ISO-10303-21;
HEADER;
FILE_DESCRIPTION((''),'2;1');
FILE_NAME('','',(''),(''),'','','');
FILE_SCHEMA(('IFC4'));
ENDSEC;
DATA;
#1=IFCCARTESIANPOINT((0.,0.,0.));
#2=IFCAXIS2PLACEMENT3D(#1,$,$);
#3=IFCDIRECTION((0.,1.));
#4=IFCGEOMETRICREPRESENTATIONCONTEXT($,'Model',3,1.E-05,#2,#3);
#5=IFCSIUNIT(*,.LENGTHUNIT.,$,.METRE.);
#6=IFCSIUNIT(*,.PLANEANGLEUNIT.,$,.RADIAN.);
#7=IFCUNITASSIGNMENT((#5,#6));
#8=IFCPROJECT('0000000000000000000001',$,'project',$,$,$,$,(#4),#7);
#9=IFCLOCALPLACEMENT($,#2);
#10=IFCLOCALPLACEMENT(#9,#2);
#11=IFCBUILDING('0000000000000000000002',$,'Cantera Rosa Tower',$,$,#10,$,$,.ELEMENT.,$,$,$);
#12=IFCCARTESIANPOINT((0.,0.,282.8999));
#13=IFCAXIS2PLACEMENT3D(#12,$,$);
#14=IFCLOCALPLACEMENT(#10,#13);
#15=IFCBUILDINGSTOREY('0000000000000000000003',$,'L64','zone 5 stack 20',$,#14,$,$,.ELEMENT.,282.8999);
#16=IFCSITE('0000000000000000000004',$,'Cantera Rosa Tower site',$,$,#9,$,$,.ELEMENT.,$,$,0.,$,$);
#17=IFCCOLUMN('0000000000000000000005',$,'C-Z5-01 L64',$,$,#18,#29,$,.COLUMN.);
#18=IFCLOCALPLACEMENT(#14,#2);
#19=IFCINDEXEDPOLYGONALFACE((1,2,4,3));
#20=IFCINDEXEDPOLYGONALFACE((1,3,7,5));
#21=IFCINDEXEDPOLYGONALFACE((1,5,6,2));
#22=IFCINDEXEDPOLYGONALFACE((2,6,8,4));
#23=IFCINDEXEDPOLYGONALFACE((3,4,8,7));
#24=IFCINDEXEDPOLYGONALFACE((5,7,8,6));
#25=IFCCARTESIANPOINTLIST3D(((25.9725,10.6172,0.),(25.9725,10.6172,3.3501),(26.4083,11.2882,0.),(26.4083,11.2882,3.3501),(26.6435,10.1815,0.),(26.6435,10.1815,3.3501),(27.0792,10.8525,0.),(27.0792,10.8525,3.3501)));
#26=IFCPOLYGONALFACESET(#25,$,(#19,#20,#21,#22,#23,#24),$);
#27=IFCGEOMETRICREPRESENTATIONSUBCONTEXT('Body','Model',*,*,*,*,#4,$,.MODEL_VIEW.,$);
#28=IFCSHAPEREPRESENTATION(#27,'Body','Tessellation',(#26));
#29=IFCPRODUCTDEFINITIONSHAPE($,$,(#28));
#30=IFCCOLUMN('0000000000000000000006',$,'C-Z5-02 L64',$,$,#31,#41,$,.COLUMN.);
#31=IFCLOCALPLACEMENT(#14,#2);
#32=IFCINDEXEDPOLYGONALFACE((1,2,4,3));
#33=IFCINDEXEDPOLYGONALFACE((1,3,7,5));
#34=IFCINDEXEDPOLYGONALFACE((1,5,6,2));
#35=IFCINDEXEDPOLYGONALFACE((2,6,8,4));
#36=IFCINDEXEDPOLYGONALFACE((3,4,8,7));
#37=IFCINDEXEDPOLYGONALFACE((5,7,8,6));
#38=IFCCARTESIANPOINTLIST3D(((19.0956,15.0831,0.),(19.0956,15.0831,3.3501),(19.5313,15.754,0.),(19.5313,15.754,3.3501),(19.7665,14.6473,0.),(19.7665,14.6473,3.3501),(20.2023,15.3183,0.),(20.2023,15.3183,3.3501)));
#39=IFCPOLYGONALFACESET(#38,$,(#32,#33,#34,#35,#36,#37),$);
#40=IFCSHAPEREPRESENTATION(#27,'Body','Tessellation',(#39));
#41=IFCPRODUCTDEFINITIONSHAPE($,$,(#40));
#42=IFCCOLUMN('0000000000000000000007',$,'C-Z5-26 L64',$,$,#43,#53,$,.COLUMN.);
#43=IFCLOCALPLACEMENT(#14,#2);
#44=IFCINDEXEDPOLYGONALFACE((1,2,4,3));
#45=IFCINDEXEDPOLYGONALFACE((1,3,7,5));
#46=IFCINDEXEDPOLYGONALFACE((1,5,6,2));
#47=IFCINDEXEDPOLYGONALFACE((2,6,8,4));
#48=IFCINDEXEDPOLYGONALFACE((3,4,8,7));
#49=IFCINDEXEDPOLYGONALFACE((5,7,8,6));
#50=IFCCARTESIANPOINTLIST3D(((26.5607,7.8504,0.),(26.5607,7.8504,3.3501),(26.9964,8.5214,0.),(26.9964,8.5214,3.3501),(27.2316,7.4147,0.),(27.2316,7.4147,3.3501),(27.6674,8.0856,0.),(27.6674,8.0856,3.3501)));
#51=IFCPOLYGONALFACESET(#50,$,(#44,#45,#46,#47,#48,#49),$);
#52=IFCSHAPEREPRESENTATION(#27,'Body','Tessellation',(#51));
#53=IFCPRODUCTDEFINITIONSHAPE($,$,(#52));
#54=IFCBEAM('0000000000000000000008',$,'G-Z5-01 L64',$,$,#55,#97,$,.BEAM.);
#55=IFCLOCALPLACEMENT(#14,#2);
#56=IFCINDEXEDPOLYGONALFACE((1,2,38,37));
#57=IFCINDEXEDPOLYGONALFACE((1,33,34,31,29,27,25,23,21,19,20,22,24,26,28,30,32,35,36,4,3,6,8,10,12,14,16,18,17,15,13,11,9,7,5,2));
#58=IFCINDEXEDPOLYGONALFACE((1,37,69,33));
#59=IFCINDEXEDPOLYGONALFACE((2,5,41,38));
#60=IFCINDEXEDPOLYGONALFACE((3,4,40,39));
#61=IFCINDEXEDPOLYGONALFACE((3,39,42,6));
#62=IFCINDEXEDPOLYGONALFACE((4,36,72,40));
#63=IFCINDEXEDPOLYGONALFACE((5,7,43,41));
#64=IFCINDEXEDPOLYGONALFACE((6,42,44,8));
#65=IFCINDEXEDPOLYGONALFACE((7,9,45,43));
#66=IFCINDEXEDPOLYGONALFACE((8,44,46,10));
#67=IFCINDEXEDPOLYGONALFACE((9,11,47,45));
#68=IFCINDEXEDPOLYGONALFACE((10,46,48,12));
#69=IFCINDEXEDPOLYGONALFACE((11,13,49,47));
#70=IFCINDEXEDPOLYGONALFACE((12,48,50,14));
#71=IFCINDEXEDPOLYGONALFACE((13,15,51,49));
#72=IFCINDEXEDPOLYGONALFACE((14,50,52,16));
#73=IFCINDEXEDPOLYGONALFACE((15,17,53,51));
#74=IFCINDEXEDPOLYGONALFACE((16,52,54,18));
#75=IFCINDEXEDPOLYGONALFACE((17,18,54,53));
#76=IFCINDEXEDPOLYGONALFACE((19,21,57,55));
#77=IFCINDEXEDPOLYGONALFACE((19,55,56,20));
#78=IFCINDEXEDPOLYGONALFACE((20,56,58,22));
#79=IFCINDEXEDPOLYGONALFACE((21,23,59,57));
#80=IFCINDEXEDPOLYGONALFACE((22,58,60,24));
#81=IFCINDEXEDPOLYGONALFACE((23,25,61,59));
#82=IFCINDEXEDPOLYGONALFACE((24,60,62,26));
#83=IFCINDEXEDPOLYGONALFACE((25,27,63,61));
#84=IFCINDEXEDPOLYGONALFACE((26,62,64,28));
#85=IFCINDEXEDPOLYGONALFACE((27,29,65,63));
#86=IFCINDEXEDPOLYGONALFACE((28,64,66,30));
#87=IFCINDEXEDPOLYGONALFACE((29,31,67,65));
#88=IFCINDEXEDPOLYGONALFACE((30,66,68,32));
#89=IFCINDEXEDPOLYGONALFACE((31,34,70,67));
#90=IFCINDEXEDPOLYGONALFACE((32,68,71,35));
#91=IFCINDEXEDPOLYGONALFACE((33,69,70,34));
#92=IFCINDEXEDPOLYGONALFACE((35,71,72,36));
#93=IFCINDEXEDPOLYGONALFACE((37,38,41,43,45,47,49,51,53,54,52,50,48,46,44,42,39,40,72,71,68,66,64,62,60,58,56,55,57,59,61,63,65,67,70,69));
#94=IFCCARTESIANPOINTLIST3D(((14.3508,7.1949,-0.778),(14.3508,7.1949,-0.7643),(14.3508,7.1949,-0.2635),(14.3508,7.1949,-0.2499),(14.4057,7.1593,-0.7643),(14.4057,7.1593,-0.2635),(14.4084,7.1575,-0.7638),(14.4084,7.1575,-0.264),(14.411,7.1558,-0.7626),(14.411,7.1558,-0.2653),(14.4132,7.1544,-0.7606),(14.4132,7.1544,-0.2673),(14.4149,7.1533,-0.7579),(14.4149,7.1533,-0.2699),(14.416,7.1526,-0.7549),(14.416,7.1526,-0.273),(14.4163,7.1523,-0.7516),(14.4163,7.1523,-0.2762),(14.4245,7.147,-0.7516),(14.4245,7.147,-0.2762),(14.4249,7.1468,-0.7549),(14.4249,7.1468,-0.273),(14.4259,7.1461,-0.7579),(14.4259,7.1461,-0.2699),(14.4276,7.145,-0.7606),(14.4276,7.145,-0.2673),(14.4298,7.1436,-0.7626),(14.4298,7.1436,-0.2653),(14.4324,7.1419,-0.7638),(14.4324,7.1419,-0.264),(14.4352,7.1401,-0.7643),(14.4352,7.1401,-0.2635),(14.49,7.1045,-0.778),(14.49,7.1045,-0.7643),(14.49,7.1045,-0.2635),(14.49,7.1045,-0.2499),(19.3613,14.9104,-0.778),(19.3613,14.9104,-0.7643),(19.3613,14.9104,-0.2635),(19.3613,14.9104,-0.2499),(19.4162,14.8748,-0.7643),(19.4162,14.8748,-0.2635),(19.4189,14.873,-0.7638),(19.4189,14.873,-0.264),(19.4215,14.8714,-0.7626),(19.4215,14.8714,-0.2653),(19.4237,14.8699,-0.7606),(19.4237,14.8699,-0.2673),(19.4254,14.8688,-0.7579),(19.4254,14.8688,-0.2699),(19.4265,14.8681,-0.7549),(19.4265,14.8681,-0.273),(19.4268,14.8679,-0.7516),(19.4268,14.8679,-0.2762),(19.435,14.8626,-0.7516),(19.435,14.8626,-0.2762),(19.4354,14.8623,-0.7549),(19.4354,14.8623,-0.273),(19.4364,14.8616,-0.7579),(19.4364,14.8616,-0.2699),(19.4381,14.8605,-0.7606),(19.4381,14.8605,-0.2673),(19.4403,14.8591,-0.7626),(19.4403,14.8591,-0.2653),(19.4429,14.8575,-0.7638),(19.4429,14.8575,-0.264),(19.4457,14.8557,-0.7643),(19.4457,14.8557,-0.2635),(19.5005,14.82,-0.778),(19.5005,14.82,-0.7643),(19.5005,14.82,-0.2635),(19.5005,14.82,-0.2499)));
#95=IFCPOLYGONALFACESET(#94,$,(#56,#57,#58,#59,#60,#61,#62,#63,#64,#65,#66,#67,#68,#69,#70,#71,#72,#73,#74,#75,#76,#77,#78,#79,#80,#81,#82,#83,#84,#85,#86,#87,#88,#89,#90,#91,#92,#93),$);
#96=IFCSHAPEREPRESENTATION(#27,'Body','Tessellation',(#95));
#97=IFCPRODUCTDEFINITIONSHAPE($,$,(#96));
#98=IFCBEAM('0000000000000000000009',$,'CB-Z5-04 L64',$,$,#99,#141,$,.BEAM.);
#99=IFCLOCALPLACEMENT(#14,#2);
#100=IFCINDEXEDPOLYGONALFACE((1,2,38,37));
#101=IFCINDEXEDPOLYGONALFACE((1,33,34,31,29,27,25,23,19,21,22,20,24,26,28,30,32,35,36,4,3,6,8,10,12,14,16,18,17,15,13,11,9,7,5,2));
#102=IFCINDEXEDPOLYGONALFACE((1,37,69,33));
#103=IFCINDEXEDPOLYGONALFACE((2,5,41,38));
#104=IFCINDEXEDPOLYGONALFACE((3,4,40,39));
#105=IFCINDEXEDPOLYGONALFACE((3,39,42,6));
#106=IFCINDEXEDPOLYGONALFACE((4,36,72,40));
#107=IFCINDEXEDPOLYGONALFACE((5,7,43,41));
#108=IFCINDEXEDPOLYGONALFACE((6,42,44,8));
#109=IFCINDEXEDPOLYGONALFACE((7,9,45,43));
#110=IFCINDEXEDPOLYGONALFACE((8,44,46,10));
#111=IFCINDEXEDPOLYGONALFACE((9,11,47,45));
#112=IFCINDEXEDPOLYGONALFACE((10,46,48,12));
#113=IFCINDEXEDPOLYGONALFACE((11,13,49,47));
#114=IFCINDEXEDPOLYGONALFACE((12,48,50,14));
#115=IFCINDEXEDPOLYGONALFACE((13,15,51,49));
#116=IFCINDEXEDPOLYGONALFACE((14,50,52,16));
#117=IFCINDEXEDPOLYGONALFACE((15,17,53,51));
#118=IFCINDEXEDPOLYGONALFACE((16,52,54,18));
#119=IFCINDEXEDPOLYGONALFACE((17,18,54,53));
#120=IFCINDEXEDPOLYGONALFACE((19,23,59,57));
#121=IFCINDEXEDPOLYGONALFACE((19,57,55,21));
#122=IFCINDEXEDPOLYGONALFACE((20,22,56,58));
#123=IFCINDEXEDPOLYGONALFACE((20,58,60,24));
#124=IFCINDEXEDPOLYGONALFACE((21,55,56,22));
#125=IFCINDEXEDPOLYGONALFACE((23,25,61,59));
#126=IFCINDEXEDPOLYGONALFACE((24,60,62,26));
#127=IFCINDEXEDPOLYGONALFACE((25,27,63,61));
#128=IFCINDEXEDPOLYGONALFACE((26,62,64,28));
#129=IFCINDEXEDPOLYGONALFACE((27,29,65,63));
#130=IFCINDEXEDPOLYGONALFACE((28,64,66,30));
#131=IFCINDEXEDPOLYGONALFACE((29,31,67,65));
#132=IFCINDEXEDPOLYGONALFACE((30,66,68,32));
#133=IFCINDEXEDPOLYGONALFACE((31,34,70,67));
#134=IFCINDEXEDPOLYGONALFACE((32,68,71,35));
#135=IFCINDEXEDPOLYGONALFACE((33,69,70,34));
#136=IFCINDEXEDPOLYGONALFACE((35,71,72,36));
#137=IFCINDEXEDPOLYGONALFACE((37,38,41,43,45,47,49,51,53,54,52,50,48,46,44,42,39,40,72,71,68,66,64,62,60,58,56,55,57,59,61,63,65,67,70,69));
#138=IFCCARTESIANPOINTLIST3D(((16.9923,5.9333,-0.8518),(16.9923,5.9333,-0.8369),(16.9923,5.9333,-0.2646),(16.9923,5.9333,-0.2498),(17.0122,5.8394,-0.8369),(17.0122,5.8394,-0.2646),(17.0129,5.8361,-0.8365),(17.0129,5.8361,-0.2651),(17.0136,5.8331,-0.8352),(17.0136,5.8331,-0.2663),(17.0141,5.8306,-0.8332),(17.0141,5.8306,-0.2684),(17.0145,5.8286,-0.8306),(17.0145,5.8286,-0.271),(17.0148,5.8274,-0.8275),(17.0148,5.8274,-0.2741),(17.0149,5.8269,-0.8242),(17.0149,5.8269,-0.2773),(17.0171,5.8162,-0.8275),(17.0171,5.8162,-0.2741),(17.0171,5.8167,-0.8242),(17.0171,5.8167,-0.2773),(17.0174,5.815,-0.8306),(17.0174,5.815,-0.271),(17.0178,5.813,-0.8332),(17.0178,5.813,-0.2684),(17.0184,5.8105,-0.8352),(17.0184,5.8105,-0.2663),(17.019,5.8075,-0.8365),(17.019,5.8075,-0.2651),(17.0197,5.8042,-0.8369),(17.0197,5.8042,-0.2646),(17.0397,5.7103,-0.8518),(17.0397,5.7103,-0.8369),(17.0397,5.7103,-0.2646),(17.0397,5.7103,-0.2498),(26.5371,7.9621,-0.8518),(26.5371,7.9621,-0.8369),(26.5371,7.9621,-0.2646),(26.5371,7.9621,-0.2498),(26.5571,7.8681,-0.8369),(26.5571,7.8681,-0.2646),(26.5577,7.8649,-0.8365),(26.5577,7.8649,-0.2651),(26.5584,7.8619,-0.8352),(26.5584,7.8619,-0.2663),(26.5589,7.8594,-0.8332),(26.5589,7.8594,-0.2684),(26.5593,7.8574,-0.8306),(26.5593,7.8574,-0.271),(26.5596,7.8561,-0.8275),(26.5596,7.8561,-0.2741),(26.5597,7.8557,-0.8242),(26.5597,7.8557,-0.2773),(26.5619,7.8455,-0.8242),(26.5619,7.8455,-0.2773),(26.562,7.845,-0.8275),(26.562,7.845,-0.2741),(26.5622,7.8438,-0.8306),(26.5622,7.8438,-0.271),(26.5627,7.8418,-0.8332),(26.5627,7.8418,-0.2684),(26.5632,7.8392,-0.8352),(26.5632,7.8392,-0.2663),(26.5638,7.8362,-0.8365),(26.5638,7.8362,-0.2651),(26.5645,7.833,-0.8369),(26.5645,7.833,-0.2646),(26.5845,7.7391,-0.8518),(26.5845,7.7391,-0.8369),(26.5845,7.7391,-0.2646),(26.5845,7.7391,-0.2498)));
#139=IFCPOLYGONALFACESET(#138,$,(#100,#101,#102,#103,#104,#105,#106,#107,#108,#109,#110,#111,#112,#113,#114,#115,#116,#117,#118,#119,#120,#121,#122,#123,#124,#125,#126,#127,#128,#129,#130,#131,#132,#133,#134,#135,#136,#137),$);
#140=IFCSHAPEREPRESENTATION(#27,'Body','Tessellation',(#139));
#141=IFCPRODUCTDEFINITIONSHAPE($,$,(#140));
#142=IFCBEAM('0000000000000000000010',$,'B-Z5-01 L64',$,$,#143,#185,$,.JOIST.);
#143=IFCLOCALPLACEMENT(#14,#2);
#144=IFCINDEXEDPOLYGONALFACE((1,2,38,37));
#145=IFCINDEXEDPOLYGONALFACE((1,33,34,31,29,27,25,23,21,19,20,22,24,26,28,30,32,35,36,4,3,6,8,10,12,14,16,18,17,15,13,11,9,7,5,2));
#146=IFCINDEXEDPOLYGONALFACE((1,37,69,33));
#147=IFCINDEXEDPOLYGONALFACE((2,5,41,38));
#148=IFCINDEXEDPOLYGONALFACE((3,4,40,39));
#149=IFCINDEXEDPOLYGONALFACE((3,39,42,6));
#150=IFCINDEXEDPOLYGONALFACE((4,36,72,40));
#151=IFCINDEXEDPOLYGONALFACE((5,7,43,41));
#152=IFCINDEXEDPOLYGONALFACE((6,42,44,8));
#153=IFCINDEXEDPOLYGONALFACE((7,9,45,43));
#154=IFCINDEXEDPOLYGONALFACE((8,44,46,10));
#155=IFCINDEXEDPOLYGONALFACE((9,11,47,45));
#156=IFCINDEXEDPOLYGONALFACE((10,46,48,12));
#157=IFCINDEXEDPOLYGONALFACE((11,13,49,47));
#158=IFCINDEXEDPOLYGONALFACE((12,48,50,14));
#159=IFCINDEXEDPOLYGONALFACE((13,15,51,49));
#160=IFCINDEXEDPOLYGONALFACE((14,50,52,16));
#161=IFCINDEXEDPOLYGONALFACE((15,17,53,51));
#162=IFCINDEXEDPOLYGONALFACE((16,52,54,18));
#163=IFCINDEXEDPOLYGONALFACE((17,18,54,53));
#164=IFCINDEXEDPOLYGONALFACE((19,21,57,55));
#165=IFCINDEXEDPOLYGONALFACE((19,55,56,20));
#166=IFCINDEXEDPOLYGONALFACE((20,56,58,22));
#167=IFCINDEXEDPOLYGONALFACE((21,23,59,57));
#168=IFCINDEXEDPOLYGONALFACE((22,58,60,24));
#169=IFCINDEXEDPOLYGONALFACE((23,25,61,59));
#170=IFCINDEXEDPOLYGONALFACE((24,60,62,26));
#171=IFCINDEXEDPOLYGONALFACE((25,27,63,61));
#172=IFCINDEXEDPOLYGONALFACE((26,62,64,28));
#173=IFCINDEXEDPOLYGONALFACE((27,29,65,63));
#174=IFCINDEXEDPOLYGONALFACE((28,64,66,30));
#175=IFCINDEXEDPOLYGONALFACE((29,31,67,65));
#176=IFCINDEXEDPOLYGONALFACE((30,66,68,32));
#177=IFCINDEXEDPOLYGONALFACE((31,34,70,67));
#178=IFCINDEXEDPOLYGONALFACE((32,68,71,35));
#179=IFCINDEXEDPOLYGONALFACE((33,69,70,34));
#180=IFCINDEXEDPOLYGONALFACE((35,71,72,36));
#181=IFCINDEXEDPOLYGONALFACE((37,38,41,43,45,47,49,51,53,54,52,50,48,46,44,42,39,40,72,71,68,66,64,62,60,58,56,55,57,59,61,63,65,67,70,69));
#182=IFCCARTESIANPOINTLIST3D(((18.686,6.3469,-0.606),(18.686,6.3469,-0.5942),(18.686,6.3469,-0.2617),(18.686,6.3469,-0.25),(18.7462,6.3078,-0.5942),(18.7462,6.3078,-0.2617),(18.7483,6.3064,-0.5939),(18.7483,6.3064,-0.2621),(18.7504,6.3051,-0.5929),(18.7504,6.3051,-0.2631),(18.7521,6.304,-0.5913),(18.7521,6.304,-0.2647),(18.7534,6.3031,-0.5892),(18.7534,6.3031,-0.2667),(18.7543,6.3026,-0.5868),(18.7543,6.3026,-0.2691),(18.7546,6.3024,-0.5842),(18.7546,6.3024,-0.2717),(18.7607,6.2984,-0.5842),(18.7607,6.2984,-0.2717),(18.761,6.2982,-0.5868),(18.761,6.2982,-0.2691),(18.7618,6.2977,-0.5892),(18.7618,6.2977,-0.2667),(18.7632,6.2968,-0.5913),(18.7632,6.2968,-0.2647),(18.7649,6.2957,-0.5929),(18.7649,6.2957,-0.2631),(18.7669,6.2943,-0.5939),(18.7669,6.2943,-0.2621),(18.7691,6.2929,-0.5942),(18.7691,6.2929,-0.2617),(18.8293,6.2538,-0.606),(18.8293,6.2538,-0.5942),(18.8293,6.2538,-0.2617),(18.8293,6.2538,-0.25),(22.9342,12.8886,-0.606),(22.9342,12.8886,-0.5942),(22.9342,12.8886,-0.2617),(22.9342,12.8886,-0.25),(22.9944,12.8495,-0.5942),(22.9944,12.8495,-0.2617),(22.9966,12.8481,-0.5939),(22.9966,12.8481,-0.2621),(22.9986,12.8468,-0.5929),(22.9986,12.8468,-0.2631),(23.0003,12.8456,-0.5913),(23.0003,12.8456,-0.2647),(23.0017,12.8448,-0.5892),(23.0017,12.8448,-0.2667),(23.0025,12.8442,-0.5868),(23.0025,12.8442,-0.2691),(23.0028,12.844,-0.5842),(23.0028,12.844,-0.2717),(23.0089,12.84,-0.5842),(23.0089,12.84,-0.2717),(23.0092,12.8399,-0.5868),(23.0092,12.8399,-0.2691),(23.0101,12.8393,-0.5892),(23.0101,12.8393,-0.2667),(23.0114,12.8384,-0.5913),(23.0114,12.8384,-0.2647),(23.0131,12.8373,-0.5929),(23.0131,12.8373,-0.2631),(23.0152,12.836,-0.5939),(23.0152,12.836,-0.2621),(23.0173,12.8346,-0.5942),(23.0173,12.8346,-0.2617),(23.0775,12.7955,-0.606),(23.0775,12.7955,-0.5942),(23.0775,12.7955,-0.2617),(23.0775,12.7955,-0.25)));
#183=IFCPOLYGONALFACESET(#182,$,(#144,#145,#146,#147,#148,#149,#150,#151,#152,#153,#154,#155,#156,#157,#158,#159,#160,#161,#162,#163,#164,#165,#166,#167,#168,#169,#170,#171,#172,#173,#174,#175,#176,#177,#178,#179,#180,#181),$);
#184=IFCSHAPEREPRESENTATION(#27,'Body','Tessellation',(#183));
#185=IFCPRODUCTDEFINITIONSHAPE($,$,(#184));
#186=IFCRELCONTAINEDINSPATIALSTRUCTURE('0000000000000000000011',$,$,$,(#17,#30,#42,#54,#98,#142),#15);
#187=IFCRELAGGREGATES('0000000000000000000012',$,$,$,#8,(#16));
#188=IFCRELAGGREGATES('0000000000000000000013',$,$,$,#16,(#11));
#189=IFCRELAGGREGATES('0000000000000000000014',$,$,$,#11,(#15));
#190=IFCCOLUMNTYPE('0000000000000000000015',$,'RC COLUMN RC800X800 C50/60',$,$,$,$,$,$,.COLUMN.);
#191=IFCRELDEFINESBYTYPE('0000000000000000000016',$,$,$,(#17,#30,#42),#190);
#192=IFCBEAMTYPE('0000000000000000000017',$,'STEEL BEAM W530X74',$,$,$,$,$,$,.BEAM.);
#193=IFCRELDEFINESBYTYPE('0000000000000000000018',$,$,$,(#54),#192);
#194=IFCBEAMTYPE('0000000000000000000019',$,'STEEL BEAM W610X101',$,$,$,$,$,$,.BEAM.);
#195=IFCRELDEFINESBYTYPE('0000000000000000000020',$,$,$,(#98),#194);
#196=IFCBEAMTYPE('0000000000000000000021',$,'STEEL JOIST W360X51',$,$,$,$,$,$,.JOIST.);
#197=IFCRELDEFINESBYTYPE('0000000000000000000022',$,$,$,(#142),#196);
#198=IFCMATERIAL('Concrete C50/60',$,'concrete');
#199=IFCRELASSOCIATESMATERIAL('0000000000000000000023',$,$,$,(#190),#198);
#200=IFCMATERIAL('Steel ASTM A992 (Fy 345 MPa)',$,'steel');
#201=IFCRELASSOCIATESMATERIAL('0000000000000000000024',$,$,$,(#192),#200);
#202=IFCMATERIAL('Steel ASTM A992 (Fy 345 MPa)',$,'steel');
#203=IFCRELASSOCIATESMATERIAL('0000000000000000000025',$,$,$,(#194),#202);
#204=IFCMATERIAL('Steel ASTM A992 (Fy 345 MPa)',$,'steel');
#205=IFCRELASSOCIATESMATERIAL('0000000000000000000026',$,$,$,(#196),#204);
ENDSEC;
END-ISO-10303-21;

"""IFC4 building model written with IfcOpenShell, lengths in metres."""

from ifc_helpers import new_model, si_unit, direction, frame, origin, origin_2d, place, context, subcontext, project, spatial, rectangle, i_section, extrude, material, material_profile, profile_set, type_object, element, save


model = new_model("IFC4")

# Units and contexts
model_context = context("Model", 3, precision=1e-05, world=origin(), true_north=direction((0.0, 1.0)))
body_context = subcontext(model_context, "Body", "Model", "MODEL_VIEW")
ifc_project = project(units=[si_unit("LENGTHUNIT", "METRE"), si_unit("PLANEANGLEUNIT", "RADIAN")], contexts=[model_context])

# Site, building, storey
site_placement = place(None, origin())
site = spatial("IfcSite", under=ifc_project, at=site_placement, Name="Cantera Rosa Tower site", CompositionType="ELEMENT", RefElevation=0.0)
building_placement = place(site_placement, origin())
building = spatial("IfcBuilding", under=site, at=building_placement, Name="Cantera Rosa Tower", CompositionType="ELEMENT")
storey_placement = place(building_placement, frame((0.0, 0.0, 282.8999)))
storey = spatial("IfcBuildingStorey", under=building, at=storey_placement, Name="L64", Description="zone 5 stack 20", CompositionType="ELEMENT", Elevation=282.8999)

# Columns
ifc_material_1 = material(Name="Concrete C50/60", Category="concrete")
ifc_material_profile_1 = material_profile(ifc_material_1, rectangle(XDim=0.8, YDim=0.8, at=origin_2d()), Name="RC COLUMN RC800X800 C50/60")
ifc_profile_set_1 = profile_set([ifc_material_profile_1], Name="Concrete C50/60")
column_type = type_object("IfcColumnType", Name="RC COLUMN RC800X800 C50/60", PredefinedType="COLUMN", material=ifc_profile_set_1)
for number, where, z_axis, x_axis, name in (
    (1, (26.5259, 10.7349, 0.0), (0.0, 0.0, 1.0), (0.544639, 0.838671, 0.0), "C-Z5-01 L64"),
    (2, (19.6489, 15.2007, 0.0), (0.0, 0.0, 1.0), (0.544639, 0.838671, 0.0), "C-Z5-02 L64"),
    (3, (27.114, 7.968, 0.0), (0.0, 0.0, 1.0), (0.544639, 0.838671, 0.0), "C-Z5-26 L64"),
):
    element("IfcColumn", number, at=place(storey_placement, frame(where, z_axis=z_axis, x_axis=x_axis)), inside=storey, type_object=column_type, Name=name, PredefinedType="COLUMN", context=body_context, shape_type="SweptSolid", body=[
        extrude(rectangle(XDim=0.8, YDim=0.8, at=origin_2d()), origin(), (0.0, 0.0, 1.0), 3.3501),
    ])

# Beams
ifc_material_2 = material(Name="Steel ASTM A992 (Fy 345 MPa)", Category="steel")
ifc_material_profile_2 = material_profile(ifc_material_2, i_section(OverallWidth=0.166, OverallDepth=0.5281, WebThickness=0.0098, FlangeThickness=0.0137, FilletRadius=0.0127, at=origin_2d()), Name="W530X74")
ifc_profile_set_2 = profile_set([ifc_material_profile_2], Name="Steel ASTM A992 (Fy 345 MPa)")
beam_type_1 = type_object("IfcBeamType", Name="STEEL BEAM W530X74", PredefinedType="BEAM", material=ifc_profile_set_2)
beam_1_placement = place(storey_placement, frame((19.4309, 14.8652, -0.5139), z_axis=(-0.544635, -0.838673, 0.0), x_axis=(0.838673, -0.544635, 0.0)))
element("IfcBeam", 4, at=beam_1_placement, inside=storey, type_object=beam_type_1, Name="G-Z5-01 L64", PredefinedType="BEAM", context=body_context, shape_type="SweptSolid", body=[
    extrude(i_section(OverallWidth=0.166, OverallDepth=0.5281, WebThickness=0.0098, FlangeThickness=0.0137, FilletRadius=0.0127, at=origin_2d()), origin(), (0.0, 0.0, 1.0), 9.1997),
])
ifc_material_3 = material(Name="Steel ASTM A992 (Fy 345 MPa)", Category="steel")
ifc_material_profile_3 = material_profile(ifc_material_3, i_section(OverallWidth=0.228, OverallDepth=0.6021, WebThickness=0.0105, FlangeThickness=0.0149, FilletRadius=0.0127, at=origin_2d()), Name="W610X101")
ifc_profile_set_3 = profile_set([ifc_material_profile_3], Name="Steel ASTM A992 (Fy 345 MPa)")
beam_type_2 = type_object("IfcBeamType", Name="STEEL BEAM W610X101", PredefinedType="BEAM", material=ifc_profile_set_3)
beam_2_placement = place(storey_placement, frame((26.5608, 7.8506, -0.5508), z_axis=(-0.978148, -0.207909, 0.0), x_axis=(0.207909, -0.978148, 0.0)))
element("IfcBeam", 5, at=beam_2_placement, inside=storey, type_object=beam_type_2, Name="CB-Z5-04 L64", PredefinedType="BEAM", context=body_context, shape_type="SweptSolid", body=[
    extrude(i_section(OverallWidth=0.228, OverallDepth=0.6021, WebThickness=0.0105, FlangeThickness=0.0149, FilletRadius=0.0127, at=origin_2d()), origin(), (0.0, 0.0, 1.0), 9.7581),
])
ifc_material_4 = material(Name="Steel ASTM A992 (Fy 345 MPa)", Category="steel")
ifc_material_profile_4 = material_profile(ifc_material_4, i_section(OverallWidth=0.1709, OverallDepth=0.356, WebThickness=0.0073, FlangeThickness=0.0117, FilletRadius=0.01, at=origin_2d()), Name="W360X51")
ifc_profile_set_4 = profile_set([ifc_material_profile_4], Name="Steel ASTM A992 (Fy 345 MPa)")
beam_type_3 = type_object("IfcBeamType", Name="STEEL JOIST W360X51", PredefinedType="JOIST", material=ifc_profile_set_4)
beam_3_placement = place(storey_placement, frame((23.0059, 12.842, -0.428), z_axis=(-0.544642, -0.838669, 0.0), x_axis=(0.838669, -0.544642, 0.0)))
element("IfcBeam", 6, at=beam_3_placement, inside=storey, type_object=beam_type_3, Name="B-Z5-01 L64", PredefinedType="JOIST", context=body_context, shape_type="SweptSolid", body=[
    extrude(i_section(OverallWidth=0.1709, OverallDepth=0.356, WebThickness=0.0073, FlangeThickness=0.0117, FilletRadius=0.01, at=origin_2d()), origin(), (0.0, 0.0, 1.0), 7.8),
])

save(model, "model.ifc")
